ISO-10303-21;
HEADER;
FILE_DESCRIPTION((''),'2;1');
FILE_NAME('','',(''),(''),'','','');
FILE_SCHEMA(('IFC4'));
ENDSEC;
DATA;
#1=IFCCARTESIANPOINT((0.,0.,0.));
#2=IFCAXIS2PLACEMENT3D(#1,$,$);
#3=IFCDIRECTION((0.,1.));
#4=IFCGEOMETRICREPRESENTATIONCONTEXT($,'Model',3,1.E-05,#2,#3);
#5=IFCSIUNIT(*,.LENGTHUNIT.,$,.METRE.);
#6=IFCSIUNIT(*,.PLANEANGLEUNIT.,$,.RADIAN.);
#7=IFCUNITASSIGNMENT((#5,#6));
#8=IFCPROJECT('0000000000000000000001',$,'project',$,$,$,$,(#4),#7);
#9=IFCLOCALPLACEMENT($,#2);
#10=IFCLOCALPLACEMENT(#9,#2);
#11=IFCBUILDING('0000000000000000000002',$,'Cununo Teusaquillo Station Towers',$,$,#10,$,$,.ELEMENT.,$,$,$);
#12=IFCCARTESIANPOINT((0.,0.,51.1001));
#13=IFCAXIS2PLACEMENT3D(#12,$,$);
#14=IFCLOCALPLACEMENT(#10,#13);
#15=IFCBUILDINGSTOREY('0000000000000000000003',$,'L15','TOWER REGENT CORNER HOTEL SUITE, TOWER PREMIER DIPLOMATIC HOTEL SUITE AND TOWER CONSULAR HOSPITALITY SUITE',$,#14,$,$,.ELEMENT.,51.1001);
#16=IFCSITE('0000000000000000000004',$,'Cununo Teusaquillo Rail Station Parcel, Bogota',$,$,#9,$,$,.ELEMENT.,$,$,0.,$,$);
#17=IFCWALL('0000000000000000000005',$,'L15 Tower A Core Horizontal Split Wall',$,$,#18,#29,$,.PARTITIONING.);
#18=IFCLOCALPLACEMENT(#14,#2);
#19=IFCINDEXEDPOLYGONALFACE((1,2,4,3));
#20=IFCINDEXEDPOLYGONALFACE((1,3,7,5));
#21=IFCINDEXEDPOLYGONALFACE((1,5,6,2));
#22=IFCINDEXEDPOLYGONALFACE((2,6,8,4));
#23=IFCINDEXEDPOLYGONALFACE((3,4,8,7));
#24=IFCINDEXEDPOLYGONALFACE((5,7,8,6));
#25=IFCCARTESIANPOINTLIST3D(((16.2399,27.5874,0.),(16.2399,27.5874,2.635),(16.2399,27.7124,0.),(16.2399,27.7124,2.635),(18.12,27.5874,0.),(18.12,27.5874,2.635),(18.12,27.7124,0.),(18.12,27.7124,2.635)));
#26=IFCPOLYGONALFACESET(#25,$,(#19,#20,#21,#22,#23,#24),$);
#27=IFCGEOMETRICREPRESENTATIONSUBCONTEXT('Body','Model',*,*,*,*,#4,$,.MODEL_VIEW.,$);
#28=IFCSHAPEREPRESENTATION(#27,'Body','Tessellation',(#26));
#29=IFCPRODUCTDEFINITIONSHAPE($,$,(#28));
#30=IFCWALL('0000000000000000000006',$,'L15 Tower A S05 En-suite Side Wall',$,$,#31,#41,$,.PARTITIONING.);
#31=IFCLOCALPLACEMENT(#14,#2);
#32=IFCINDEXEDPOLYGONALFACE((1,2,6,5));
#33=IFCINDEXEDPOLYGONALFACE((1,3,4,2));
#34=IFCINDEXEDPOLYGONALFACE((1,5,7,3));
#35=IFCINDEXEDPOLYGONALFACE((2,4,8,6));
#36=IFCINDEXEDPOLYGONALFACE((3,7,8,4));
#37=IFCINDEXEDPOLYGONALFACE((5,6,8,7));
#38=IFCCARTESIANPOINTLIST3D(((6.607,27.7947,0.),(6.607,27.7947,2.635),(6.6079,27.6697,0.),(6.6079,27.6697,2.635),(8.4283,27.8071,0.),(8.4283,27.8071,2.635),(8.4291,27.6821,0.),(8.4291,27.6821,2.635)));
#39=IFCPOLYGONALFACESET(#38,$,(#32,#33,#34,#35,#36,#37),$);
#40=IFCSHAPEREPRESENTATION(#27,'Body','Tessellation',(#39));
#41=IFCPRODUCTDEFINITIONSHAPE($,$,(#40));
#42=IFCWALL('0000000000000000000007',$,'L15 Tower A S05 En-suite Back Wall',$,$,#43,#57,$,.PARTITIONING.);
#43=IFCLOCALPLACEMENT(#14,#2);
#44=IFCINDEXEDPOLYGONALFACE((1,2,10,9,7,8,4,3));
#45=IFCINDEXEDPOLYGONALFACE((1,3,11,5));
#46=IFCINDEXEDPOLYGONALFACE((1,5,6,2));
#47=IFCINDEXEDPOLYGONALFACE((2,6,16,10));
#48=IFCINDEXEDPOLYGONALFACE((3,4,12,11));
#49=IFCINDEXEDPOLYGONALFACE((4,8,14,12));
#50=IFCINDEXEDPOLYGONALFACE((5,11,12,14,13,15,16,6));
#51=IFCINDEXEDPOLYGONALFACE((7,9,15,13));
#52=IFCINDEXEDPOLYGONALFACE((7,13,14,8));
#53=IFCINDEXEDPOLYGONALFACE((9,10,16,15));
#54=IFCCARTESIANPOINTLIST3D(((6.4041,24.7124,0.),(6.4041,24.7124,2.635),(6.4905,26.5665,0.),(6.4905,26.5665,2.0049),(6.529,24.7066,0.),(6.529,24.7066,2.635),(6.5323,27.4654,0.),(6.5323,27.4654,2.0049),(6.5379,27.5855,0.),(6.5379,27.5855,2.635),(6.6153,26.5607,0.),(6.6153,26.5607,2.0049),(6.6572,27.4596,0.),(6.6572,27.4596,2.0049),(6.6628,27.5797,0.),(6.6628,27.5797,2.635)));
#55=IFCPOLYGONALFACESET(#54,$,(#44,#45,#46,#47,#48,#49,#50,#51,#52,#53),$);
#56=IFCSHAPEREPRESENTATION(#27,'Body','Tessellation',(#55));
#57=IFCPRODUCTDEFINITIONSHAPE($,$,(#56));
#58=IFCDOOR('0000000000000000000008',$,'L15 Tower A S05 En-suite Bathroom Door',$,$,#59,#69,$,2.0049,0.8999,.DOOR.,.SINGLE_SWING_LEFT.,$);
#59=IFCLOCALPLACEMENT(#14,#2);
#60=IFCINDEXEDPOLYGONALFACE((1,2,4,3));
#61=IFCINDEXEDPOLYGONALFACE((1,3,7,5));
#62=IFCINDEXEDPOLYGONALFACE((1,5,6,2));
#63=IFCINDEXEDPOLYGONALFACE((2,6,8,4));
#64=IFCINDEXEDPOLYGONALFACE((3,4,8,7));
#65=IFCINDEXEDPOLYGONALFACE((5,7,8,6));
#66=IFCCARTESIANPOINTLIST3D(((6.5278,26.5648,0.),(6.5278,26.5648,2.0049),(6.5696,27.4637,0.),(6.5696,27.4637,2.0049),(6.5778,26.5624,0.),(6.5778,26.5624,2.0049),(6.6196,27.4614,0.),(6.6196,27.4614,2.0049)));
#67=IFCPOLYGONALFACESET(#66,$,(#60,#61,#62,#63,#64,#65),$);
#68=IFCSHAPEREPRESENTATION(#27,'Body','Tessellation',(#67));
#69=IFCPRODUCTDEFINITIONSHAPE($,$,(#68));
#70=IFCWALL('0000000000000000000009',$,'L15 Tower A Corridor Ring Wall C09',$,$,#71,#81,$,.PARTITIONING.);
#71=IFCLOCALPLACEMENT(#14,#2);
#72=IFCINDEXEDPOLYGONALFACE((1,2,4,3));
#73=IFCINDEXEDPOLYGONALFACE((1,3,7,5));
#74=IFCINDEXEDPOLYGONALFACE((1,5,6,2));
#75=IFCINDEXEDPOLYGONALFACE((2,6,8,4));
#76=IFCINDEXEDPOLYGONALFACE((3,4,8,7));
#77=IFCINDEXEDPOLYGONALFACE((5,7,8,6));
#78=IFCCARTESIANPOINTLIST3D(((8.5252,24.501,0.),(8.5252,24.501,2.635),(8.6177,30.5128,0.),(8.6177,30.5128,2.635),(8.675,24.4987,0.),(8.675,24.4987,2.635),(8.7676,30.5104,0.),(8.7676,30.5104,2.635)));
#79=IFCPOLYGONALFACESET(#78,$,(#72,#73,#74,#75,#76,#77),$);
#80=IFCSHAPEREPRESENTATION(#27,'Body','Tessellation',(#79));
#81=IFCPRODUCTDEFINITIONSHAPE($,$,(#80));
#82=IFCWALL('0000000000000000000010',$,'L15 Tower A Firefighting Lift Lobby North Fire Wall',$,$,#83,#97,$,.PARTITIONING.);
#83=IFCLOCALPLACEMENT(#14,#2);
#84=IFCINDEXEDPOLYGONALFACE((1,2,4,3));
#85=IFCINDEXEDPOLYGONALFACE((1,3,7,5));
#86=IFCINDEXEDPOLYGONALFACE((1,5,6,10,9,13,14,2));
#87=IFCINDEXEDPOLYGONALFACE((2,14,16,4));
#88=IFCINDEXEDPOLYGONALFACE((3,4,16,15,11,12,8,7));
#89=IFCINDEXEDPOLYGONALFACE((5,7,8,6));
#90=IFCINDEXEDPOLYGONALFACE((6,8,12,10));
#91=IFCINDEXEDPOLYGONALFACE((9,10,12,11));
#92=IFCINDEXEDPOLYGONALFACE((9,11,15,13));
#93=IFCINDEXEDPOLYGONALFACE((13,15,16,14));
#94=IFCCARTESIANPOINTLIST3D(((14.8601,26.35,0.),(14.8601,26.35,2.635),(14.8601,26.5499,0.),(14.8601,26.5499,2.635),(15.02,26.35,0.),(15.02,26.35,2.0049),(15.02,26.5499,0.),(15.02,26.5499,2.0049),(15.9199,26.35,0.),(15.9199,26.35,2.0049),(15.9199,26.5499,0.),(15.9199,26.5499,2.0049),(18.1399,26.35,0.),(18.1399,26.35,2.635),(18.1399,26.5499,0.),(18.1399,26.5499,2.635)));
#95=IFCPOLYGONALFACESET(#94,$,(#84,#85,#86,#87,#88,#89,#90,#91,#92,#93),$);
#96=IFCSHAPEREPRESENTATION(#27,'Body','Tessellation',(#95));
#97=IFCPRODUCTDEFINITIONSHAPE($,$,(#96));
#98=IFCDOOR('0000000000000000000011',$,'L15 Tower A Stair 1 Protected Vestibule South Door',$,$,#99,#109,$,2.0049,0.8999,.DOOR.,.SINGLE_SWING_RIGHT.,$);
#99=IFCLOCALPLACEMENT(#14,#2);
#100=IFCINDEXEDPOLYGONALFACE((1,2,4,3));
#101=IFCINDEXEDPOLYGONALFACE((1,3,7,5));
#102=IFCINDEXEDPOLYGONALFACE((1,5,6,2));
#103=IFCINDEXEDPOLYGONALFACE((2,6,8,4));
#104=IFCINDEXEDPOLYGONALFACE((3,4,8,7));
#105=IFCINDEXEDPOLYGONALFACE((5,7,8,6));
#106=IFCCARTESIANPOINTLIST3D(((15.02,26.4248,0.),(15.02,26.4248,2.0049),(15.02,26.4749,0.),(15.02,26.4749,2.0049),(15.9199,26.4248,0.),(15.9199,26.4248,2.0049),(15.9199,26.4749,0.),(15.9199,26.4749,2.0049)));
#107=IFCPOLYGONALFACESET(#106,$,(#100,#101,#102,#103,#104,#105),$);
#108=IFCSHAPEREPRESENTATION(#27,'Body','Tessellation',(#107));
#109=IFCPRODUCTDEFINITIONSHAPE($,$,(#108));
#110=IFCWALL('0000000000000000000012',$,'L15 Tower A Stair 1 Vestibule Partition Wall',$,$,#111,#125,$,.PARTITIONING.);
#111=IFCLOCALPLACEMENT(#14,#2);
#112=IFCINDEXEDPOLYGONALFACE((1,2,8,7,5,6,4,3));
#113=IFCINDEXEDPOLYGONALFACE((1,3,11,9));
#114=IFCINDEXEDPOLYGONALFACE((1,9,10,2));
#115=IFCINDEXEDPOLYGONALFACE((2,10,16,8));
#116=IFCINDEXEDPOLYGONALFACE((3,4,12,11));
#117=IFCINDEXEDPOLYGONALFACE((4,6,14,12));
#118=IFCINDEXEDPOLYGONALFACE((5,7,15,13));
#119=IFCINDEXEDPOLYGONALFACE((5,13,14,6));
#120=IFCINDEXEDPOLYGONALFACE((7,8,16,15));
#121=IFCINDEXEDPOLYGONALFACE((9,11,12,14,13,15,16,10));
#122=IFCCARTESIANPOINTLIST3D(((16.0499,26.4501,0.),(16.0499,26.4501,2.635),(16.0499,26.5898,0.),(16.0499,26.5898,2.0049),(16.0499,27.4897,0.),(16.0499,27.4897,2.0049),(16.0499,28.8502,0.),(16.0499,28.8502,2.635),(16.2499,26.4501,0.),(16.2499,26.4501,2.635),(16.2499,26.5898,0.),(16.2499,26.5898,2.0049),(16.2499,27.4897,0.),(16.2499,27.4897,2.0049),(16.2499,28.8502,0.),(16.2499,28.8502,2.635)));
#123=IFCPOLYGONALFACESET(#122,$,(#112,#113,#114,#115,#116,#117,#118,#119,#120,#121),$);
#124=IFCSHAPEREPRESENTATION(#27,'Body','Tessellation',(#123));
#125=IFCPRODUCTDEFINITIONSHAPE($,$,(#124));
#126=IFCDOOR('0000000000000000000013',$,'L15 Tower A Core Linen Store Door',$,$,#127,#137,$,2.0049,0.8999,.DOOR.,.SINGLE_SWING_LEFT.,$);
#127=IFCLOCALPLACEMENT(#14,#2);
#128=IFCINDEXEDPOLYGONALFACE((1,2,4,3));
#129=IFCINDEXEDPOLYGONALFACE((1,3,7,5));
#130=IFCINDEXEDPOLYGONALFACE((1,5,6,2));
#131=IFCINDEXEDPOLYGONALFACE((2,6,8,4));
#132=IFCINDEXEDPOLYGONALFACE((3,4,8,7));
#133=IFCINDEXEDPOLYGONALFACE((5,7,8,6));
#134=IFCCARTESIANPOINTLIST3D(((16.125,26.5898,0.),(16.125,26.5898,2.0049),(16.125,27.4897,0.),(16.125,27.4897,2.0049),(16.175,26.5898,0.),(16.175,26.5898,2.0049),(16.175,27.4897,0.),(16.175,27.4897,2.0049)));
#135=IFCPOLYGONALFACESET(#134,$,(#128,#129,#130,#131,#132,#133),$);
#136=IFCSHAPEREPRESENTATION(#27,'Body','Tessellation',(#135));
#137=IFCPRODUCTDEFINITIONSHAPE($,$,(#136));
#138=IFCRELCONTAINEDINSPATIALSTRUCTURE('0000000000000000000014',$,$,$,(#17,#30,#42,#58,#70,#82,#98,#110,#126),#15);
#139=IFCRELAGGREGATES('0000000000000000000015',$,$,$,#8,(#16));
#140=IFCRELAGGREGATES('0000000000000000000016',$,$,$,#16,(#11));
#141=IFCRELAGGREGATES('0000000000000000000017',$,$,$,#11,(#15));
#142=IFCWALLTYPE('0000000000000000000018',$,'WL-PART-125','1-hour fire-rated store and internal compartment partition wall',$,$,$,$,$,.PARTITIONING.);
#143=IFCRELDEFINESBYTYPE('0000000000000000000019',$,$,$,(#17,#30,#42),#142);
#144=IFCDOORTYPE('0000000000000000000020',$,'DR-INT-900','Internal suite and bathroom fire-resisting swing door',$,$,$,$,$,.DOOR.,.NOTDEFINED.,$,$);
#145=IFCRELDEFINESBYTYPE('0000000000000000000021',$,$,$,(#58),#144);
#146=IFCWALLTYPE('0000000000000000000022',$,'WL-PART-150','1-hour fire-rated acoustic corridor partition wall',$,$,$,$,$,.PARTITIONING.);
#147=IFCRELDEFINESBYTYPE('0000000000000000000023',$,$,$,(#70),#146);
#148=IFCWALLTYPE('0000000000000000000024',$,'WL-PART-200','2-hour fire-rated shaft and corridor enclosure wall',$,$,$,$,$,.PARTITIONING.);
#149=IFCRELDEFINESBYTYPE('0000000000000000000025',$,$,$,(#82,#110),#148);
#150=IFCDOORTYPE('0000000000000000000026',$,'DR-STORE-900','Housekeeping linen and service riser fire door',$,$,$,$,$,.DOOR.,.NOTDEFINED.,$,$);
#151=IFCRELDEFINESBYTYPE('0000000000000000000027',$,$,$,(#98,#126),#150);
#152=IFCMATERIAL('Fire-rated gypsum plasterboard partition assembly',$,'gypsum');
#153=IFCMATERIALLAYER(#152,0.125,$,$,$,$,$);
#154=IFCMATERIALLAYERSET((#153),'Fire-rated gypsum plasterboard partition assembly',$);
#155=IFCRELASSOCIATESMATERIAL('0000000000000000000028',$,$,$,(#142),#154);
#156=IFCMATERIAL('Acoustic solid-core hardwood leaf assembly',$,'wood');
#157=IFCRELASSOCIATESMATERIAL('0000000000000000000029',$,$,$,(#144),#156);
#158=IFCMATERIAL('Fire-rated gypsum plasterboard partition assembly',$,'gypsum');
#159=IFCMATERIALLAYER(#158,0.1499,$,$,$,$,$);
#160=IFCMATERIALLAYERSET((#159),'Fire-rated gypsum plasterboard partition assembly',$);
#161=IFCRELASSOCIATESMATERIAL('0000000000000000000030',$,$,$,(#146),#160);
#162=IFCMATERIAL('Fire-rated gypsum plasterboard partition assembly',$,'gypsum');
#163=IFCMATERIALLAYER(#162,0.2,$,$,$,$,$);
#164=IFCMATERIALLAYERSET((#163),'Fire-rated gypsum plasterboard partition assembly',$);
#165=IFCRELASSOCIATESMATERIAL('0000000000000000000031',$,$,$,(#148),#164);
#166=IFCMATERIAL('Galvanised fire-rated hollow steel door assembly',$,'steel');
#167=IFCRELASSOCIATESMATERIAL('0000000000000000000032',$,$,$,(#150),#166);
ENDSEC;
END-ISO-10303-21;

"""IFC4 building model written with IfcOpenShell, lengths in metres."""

from ifc_helpers import new_model, si_unit, direction, frame, frame_2d, origin, place, context, subcontext, project, spatial, rectangle, extrude, source, transform, mapped, material, layer, layer_set, type_object, element, fill, save


model = new_model("IFC4")

# Units and contexts
model_context = context("Model", 3, precision=1e-05, world=origin(), true_north=direction((0.0, 1.0)))
body_context = subcontext(model_context, "Body", "Model", "MODEL_VIEW")
ifc_project = project(units=[si_unit("LENGTHUNIT", "METRE"), si_unit("PLANEANGLEUNIT", "RADIAN")], contexts=[model_context])

# Site, building, storey
site_placement = place(None, origin())
site = spatial("IfcSite", under=ifc_project, at=site_placement, Name="Cununo Teusaquillo Rail Station Parcel, Bogota", CompositionType="ELEMENT", RefElevation=0.0)
building_placement = place(site_placement, origin())
building = spatial("IfcBuilding", under=site, at=building_placement, Name="Cununo Teusaquillo Station Towers", CompositionType="ELEMENT")
storey_placement = place(building_placement, frame((0.0, 0.0, 51.1001)))
storey = spatial("IfcBuildingStorey", under=building, at=storey_placement, Name="L15", Description="TOWER REGENT CORNER HOTEL SUITE, TOWER PREMIER DIPLOMATIC HOTEL SUITE AND TOWER CONSULAR HOSPITALITY SUITE", CompositionType="ELEMENT", Elevation=51.1001)

# Walls
ifc_material_1 = material(Name="Fire-rated gypsum plasterboard partition assembly", Category="gypsum")
ifc_layer_1 = layer(ifc_material_1, 0.125)
ifc_layer_set_1 = layer_set([ifc_layer_1], Name="Fire-rated gypsum plasterboard partition assembly")
wall_type_1 = type_object("IfcWallType", Name="WL-PART-125", Description="1-hour fire-rated store and internal compartment partition wall", PredefinedType="PARTITIONING", material=ifc_layer_set_1)
wall_1_placement = place(storey_placement, frame((16.24, 27.6499, 0.0), z_axis=(0.0, 0.0, 1.0), x_axis=(1.0, 0.0, 0.0)))
element("IfcWall", 1, at=wall_1_placement, inside=storey, type_object=wall_type_1, Name="L15 Tower A Core Horizontal Split Wall", PredefinedType="PARTITIONING", context=body_context, shape_type="SweptSolid", body=[
    extrude(rectangle(XDim=1.8801, YDim=0.125, at=frame_2d((0.9399, 0.0))), origin(), (0.0, 0.0, 1.0), 2.635),
])
wall_2_placement = place(storey_placement, frame((8.4287, 27.7446, 0.0), z_axis=(0.0, 0.0, 1.0), x_axis=(-0.999977, -0.006836, 0.0)))
element("IfcWall", 2, at=wall_2_placement, inside=storey, type_object=wall_type_1, Name="L15 Tower A S05 En-suite Side Wall", PredefinedType="PARTITIONING", context=body_context, shape_type="SweptSolid", body=[
    extrude(rectangle(XDim=1.8213, YDim=0.125, at=frame_2d((0.9106, 0.0))), origin(), (0.0, 0.0, 1.0), 2.635),
])

# Wall, opening, door
wall_3_placement = place(storey_placement, frame((6.6003, 27.5825, 0.0), z_axis=(0.0, 0.0, 1.0), x_axis=(-0.046517, -0.998918, 0.0)))
wall_3 = element("IfcWall", 3, at=wall_3_placement, inside=storey, type_object=wall_type_1, Name="L15 Tower A S05 En-suite Back Wall", PredefinedType="PARTITIONING", context=body_context, shape_type="SweptSolid", body=[
    extrude(rectangle(XDim=2.8762, YDim=0.125, at=frame_2d((1.438, 0.0))), origin(), (0.0, 0.0, 1.0), 2.635),
])
shared_shape_1 = source(origin(), body_context, "Body", "SweptSolid", [
    extrude(rectangle(XDim=0.8999, YDim=2.0049, at=frame_2d((0.45, 1.0024))), frame((0.0, 0.0725, 0.0), z_axis=(0.0, -1.0, 0.0), x_axis=(1.0, 0.0, 0.0)), (0.0, 0.0, 1.0), 0.145),
])
opening_1_placement = place(wall_3_placement, frame((0.1201, 0.0, 0.0)))
opening_1 = element("IfcOpeningElement", 4, at=opening_1_placement, cuts=wall_3, PredefinedType="OPENING", context=body_context, shape_type="MappedRepresentation", body=[
    mapped(shared_shape_1, transform((0.0, 0.0, 0.0), x_axis=(1.0, 0.0, 0.0), y_axis=(0.0, 1.0, 0.0), z_axis=(0.0, 0.0, 1.0), scale=1.0)),
])
ifc_material_2 = material(Name="Acoustic solid-core hardwood leaf assembly", Category="wood")
door_type_1 = type_object("IfcDoorType", Name="DR-INT-900", Description="Internal suite and bathroom fire-resisting swing door", OperationType="NOTDEFINED", PredefinedType="DOOR", material=ifc_material_2)
shared_shape_2 = source(origin(), body_context, "Body", "SweptSolid", [
    extrude(rectangle(XDim=0.8999, YDim=2.0049, at=frame_2d((0.45, 1.0024))), frame((0.0, 0.0249, 0.0), z_axis=(0.0, -1.0, 0.0), x_axis=(1.0, 0.0, 0.0)), (0.0, 0.0, 1.0), 0.05),
])
door_1_placement = place(opening_1_placement, origin())
door_1 = element("IfcDoor", 5, at=door_1_placement, inside=storey, type_object=door_type_1, Name="L15 Tower A S05 En-suite Bathroom Door", OperationType="SINGLE_SWING_LEFT", OverallHeight=2.0049, OverallWidth=0.8999, PredefinedType="DOOR", context=body_context, shape_type="MappedRepresentation", body=[
    mapped(shared_shape_2, transform((0.0, 0.0, 0.0), x_axis=(1.0, 0.0, 0.0), y_axis=(0.0, 1.0, 0.0), z_axis=(0.0, 0.0, 1.0), scale=1.0)),
])
fill(opening_1, door_1)

# Wall
ifc_material_3 = material(Name="Fire-rated gypsum plasterboard partition assembly", Category="gypsum")
ifc_layer_2 = layer(ifc_material_3, 0.1499)
ifc_layer_set_2 = layer_set([ifc_layer_2], Name="Fire-rated gypsum plasterboard partition assembly")
wall_type_2 = type_object("IfcWallType", Name="WL-PART-150", Description="1-hour fire-rated acoustic corridor partition wall", PredefinedType="PARTITIONING", material=ifc_layer_set_2)
wall_4_placement = place(storey_placement, frame((8.6926, 30.5117, 0.0), z_axis=(0.0, 0.0, 1.0), x_axis=(-0.01539, -0.999882, 0.0)))
element("IfcWall", 6, at=wall_4_placement, inside=storey, type_object=wall_type_2, Name="L15 Tower A Corridor Ring Wall C09", PredefinedType="PARTITIONING", context=body_context, shape_type="SweptSolid", body=[
    extrude(rectangle(XDim=6.0125, YDim=0.1499, at=frame_2d((3.0063, 0.0))), origin(), (0.0, 0.0, 1.0), 2.635),
])

# Walls, openings, doors
ifc_material_4 = material(Name="Fire-rated gypsum plasterboard partition assembly", Category="gypsum")
ifc_layer_3 = layer(ifc_material_4, 0.2)
ifc_layer_set_3 = layer_set([ifc_layer_3], Name="Fire-rated gypsum plasterboard partition assembly")
wall_type_3 = type_object("IfcWallType", Name="WL-PART-200", Description="2-hour fire-rated shaft and corridor enclosure wall", PredefinedType="PARTITIONING", material=ifc_layer_set_3)
wall_5_placement = place(storey_placement, frame((14.8601, 26.45, 0.0), z_axis=(0.0, 0.0, 1.0), x_axis=(1.0, 0.0, 0.0)))
wall_5 = element("IfcWall", 7, at=wall_5_placement, inside=storey, type_object=wall_type_3, Name="L15 Tower A Firefighting Lift Lobby North Fire Wall", PredefinedType="PARTITIONING", context=body_context, shape_type="SweptSolid", body=[
    extrude(rectangle(XDim=3.2798, YDim=0.2, at=frame_2d((1.6399, 0.0))), origin(), (0.0, 0.0, 1.0), 2.635),
])
shared_shape_3 = source(origin(), body_context, "Body", "SweptSolid", [
    extrude(rectangle(XDim=0.8999, YDim=2.0049, at=frame_2d((0.45, 1.0024))), frame((0.0, 0.1099, 0.0), z_axis=(0.0, -1.0, 0.0), x_axis=(1.0, 0.0, 0.0)), (0.0, 0.0, 1.0), 0.22),
])
opening_2_placement = place(wall_5_placement, frame((0.1599, 0.0, 0.0)))
opening_2 = element("IfcOpeningElement", 8, at=opening_2_placement, cuts=wall_5, PredefinedType="OPENING", context=body_context, shape_type="MappedRepresentation", body=[
    mapped(shared_shape_3, transform((0.0, 0.0, 0.0), x_axis=(1.0, 0.0, 0.0), y_axis=(0.0, 1.0, 0.0), z_axis=(0.0, 0.0, 1.0), scale=1.0)),
])
ifc_material_5 = material(Name="Galvanised fire-rated hollow steel door assembly", Category="steel")
door_type_2 = type_object("IfcDoorType", Name="DR-STORE-900", Description="Housekeeping linen and service riser fire door", OperationType="NOTDEFINED", PredefinedType="DOOR", material=ifc_material_5)
door_2_placement = place(opening_2_placement, origin())
door_2 = element("IfcDoor", 9, at=door_2_placement, inside=storey, type_object=door_type_2, Name="L15 Tower A Stair 1 Protected Vestibule South Door", OperationType="SINGLE_SWING_RIGHT", OverallHeight=2.0049, OverallWidth=0.8999, PredefinedType="DOOR", context=body_context, shape_type="MappedRepresentation", body=[
    mapped(shared_shape_2, transform((0.0, 0.0, 0.0), x_axis=(1.0, 0.0, 0.0), y_axis=(0.0, 1.0, 0.0), z_axis=(0.0, 0.0, 1.0), scale=1.0)),
])
fill(opening_2, door_2)
wall_6_placement = place(storey_placement, frame((16.1499, 26.45, 0.0), z_axis=(0.0, 0.0, 1.0), x_axis=(0.0, 1.0, 0.0)))
wall_6 = element("IfcWall", 10, at=wall_6_placement, inside=storey, type_object=wall_type_3, Name="L15 Tower A Stair 1 Vestibule Partition Wall", PredefinedType="PARTITIONING", context=body_context, shape_type="SweptSolid", body=[
    extrude(rectangle(XDim=2.4001, YDim=0.2, at=frame_2d((1.2002, 0.0))), origin(), (0.0, 0.0, 1.0), 2.635),
])
opening_3_placement = place(wall_6_placement, frame((0.1399, 0.0, 0.0)))
opening_3 = element("IfcOpeningElement", 11, at=opening_3_placement, cuts=wall_6, PredefinedType="OPENING", context=body_context, shape_type="MappedRepresentation", body=[
    mapped(shared_shape_3, transform((0.0, 0.0, 0.0), x_axis=(1.0, 0.0, 0.0), y_axis=(0.0, 1.0, 0.0), z_axis=(0.0, 0.0, 1.0), scale=1.0)),
])
door_3_placement = place(opening_3_placement, origin())
door_3 = element("IfcDoor", 12, at=door_3_placement, inside=storey, type_object=door_type_2, Name="L15 Tower A Core Linen Store Door", OperationType="SINGLE_SWING_LEFT", OverallHeight=2.0049, OverallWidth=0.8999, PredefinedType="DOOR", context=body_context, shape_type="MappedRepresentation", body=[
    mapped(shared_shape_2, transform((0.0, 0.0, 0.0), x_axis=(1.0, 0.0, 0.0), y_axis=(0.0, 1.0, 0.0), z_axis=(0.0, 0.0, 1.0), scale=1.0)),
])
fill(opening_3, door_3)

save(model, "model.ifc")
